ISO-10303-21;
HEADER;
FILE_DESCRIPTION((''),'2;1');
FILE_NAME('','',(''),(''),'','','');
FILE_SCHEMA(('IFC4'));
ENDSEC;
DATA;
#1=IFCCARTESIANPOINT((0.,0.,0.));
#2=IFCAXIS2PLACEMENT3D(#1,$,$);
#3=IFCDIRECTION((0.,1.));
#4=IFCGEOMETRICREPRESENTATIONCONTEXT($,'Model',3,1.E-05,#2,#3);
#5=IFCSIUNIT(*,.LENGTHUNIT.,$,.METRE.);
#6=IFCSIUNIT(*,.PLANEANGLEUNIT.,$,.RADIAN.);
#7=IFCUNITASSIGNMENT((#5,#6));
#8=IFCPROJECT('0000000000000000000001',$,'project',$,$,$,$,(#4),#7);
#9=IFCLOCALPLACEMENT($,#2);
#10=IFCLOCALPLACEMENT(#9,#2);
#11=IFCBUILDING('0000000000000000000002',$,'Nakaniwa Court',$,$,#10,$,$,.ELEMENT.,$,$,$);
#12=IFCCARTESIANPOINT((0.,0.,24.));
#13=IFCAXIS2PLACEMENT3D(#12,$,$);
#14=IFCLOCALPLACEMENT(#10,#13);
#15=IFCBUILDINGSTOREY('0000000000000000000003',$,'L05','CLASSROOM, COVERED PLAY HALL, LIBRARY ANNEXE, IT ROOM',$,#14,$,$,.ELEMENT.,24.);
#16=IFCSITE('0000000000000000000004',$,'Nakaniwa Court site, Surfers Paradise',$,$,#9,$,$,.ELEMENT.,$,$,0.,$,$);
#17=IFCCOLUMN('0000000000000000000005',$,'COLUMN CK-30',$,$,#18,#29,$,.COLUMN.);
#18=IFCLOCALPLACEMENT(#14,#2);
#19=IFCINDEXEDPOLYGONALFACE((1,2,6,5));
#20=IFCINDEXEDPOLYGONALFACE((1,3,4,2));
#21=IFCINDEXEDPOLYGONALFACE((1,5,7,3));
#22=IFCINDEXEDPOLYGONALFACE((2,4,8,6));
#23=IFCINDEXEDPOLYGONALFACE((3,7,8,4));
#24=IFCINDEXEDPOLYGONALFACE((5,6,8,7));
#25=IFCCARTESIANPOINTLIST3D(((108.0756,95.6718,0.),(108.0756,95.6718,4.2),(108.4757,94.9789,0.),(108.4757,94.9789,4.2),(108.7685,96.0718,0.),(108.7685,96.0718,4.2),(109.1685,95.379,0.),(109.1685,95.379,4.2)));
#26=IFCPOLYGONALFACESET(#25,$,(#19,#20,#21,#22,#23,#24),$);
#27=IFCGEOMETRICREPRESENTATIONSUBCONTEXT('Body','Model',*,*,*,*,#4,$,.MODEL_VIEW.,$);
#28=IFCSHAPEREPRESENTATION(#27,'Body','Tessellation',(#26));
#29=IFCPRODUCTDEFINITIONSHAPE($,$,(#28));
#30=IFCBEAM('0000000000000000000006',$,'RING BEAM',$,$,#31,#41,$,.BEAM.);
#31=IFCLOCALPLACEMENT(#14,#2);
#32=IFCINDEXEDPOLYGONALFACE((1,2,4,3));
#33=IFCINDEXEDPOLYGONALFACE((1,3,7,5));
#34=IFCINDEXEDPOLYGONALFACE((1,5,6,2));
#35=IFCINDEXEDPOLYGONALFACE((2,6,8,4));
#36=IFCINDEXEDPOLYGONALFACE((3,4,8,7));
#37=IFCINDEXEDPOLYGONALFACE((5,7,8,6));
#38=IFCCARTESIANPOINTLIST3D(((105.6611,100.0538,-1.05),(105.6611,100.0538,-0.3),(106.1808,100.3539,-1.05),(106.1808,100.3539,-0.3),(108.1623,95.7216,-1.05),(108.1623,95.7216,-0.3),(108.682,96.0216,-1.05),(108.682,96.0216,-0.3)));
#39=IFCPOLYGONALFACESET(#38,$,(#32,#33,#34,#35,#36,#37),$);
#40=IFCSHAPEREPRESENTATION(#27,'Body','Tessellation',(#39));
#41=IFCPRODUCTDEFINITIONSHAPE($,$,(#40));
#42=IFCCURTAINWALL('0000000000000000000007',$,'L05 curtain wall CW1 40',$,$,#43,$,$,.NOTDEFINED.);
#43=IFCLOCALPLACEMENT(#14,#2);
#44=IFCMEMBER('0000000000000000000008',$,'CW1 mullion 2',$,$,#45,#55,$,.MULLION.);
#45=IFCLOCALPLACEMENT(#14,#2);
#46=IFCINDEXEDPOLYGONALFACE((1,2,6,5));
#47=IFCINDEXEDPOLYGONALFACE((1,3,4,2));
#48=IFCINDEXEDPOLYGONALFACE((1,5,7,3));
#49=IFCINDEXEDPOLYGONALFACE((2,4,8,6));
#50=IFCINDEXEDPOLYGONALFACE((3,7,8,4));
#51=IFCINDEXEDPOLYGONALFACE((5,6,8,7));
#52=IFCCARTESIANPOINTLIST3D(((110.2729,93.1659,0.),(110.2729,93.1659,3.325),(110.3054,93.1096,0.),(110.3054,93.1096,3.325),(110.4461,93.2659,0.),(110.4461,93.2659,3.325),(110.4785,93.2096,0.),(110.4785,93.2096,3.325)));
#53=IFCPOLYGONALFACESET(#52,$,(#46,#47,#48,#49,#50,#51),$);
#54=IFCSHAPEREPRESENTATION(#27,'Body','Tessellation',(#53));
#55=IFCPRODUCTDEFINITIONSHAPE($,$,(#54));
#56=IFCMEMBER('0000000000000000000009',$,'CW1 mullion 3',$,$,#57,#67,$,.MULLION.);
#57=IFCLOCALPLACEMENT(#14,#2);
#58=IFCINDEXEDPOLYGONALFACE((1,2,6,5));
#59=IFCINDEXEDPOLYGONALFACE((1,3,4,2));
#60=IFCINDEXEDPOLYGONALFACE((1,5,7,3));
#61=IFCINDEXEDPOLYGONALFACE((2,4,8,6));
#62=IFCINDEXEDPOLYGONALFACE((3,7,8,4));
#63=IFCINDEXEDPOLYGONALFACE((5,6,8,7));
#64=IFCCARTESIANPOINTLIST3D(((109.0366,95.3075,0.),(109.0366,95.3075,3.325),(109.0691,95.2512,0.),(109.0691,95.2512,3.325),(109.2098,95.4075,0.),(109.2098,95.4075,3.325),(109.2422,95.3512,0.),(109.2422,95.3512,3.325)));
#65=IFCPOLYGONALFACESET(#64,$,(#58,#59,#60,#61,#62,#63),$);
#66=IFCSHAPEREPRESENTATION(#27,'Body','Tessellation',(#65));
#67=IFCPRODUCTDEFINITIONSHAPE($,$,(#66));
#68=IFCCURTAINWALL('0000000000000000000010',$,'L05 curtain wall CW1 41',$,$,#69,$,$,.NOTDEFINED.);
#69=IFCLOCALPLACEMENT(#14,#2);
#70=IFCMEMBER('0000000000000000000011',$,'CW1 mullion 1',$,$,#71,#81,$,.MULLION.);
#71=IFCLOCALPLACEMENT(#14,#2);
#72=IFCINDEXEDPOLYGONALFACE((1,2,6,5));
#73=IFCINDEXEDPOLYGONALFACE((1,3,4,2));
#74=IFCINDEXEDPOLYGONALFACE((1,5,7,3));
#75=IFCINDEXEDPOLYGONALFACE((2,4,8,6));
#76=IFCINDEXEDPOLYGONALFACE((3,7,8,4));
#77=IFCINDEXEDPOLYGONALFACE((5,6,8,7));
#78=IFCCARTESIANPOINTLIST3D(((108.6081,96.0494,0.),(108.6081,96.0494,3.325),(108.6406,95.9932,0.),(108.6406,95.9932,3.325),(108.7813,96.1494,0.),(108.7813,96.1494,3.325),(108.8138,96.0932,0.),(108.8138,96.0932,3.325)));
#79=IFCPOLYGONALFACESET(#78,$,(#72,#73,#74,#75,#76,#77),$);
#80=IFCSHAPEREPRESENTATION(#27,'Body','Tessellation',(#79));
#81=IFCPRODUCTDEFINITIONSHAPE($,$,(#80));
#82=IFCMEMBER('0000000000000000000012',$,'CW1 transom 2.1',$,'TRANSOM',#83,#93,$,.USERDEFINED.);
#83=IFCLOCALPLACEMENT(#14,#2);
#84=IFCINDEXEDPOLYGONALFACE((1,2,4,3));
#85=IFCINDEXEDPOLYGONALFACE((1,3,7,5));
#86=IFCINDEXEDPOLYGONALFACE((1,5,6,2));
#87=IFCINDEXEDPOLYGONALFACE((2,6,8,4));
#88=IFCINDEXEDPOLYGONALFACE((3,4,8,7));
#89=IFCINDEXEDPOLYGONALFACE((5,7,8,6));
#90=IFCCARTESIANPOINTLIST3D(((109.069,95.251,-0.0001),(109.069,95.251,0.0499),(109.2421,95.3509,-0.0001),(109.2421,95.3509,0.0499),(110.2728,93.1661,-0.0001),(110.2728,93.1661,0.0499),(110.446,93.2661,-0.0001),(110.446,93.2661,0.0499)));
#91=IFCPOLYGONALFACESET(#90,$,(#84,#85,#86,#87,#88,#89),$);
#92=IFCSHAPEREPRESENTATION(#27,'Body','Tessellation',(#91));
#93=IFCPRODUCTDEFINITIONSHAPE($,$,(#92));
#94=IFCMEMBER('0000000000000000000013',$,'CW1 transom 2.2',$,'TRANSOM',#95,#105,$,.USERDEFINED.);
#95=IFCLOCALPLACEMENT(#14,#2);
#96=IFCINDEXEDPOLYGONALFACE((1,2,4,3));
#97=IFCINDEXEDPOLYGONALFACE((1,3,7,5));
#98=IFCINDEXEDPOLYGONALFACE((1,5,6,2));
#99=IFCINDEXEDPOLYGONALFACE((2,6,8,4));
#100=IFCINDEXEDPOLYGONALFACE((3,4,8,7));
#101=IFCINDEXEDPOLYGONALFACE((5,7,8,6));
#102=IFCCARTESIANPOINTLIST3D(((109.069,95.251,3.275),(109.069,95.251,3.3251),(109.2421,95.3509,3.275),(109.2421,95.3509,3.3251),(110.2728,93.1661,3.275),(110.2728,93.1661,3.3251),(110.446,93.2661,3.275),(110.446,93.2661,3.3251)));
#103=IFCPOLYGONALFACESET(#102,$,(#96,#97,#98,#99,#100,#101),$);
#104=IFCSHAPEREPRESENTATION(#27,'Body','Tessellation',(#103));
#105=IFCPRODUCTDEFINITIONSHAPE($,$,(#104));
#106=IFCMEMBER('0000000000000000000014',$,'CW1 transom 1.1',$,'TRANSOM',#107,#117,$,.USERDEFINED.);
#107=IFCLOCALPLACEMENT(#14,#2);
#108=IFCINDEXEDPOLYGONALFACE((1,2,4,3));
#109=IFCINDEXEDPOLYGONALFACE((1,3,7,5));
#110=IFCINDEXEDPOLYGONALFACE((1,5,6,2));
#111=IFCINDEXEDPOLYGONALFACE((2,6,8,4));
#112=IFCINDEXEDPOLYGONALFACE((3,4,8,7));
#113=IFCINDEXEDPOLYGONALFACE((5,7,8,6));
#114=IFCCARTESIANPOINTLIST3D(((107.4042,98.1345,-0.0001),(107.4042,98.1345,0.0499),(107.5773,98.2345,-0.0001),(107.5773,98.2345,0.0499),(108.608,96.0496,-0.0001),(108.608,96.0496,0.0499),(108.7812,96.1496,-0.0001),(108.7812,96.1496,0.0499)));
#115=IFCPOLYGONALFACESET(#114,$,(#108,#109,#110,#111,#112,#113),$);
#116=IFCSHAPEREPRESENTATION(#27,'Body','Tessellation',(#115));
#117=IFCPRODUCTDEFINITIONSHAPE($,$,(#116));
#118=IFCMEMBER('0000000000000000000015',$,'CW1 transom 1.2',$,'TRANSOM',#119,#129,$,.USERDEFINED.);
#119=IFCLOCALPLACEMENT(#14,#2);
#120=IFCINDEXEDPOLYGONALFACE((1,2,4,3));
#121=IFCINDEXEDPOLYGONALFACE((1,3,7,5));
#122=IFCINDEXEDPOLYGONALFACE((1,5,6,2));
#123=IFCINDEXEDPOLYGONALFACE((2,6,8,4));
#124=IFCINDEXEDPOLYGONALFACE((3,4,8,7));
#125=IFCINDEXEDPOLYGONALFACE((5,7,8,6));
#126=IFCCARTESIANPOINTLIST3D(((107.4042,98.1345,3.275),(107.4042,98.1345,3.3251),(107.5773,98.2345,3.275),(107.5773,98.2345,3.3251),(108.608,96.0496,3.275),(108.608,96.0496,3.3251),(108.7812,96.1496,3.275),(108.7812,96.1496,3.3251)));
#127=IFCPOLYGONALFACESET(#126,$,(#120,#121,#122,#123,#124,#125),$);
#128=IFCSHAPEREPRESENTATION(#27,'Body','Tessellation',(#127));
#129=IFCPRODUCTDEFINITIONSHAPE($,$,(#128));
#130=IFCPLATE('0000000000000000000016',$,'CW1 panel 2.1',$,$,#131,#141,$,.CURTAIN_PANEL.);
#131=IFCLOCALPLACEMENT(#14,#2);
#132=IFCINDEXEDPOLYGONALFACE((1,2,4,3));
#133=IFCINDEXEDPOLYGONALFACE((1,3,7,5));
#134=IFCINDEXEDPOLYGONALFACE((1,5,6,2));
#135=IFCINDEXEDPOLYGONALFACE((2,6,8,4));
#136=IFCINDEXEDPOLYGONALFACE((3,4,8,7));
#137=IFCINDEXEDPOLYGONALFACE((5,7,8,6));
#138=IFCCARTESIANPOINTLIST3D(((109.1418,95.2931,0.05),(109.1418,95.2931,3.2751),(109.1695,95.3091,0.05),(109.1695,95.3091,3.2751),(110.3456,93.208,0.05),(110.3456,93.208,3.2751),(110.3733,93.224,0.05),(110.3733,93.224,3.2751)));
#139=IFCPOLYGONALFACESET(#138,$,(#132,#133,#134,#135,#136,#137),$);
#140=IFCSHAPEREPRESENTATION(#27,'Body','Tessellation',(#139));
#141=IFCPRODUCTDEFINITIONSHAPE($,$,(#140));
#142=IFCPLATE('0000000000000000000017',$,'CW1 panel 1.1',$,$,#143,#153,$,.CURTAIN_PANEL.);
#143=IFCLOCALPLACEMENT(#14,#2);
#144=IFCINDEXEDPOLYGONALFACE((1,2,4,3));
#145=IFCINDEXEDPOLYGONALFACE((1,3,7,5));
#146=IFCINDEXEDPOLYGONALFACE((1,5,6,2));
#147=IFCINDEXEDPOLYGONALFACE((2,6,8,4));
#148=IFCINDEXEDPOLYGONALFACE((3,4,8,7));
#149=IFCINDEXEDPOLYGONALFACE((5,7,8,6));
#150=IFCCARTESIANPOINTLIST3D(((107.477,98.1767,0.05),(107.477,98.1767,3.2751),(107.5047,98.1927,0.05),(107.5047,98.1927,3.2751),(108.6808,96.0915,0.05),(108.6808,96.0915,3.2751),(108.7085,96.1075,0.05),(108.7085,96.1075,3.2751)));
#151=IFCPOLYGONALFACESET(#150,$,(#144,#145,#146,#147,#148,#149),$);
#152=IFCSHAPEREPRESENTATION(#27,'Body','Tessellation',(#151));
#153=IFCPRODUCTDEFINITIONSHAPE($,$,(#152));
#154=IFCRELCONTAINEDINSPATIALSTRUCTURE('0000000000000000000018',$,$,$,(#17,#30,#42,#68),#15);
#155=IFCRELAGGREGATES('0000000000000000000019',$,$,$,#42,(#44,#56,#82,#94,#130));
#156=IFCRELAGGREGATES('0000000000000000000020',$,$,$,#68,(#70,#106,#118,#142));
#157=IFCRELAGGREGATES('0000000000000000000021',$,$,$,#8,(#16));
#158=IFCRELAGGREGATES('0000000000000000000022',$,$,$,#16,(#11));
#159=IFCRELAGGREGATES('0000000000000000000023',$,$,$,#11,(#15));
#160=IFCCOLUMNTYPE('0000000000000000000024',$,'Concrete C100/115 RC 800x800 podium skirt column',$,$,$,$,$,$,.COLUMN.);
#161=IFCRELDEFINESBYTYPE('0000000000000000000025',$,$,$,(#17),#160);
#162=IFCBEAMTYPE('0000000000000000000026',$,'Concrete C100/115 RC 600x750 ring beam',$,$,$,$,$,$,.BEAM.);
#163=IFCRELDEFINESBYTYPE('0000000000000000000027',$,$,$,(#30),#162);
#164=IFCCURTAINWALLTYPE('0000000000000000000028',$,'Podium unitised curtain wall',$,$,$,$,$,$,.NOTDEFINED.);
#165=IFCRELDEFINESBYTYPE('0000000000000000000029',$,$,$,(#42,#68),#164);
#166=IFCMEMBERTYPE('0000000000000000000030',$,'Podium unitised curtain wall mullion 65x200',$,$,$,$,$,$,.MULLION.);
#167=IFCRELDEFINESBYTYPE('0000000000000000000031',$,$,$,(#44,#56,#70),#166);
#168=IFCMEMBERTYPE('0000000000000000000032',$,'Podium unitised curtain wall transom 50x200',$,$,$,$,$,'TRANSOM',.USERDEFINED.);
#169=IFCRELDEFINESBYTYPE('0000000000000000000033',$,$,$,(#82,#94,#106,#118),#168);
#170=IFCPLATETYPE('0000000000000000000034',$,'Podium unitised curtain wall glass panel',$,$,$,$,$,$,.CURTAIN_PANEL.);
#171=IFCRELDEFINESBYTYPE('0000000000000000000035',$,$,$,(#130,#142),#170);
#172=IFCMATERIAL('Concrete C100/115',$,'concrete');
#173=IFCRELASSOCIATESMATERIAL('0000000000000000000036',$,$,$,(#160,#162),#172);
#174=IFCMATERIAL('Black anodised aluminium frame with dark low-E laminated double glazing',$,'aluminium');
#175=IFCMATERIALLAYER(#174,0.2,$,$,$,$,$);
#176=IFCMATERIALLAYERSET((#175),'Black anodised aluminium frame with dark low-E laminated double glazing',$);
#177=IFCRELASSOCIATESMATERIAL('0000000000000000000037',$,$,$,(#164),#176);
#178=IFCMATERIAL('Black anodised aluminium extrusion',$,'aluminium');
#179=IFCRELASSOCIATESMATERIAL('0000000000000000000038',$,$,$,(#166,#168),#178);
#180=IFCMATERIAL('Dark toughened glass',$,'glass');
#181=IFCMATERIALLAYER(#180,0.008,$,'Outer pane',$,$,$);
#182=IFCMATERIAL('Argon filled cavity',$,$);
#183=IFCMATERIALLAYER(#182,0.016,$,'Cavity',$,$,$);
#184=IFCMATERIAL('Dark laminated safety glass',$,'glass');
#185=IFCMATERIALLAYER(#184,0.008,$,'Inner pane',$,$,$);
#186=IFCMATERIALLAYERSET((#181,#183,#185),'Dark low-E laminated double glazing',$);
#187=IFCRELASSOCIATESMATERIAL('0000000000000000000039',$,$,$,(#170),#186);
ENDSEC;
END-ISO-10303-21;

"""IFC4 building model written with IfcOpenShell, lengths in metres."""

from ifc_helpers import new_model, si_unit, direction, frame, origin, origin_2d, place, context, subcontext, project, spatial, rectangle, extrude, material, layer, layer_set, material_profile, profile_set, type_object, element, aggregate, save


model = new_model("IFC4")

# Units and contexts
model_context = context("Model", 3, precision=1e-05, world=origin(), true_north=direction((0.0, 1.0)))
body_context = subcontext(model_context, "Body", "Model", "MODEL_VIEW")
ifc_project = project(units=[si_unit("LENGTHUNIT", "METRE"), si_unit("PLANEANGLEUNIT", "RADIAN")], contexts=[model_context])

# Site, building, storey
site_placement = place(None, origin())
site = spatial("IfcSite", under=ifc_project, at=site_placement, Name="Nakaniwa Court site, Surfers Paradise", CompositionType="ELEMENT", RefElevation=0.0)
building_placement = place(site_placement, origin())
building = spatial("IfcBuilding", under=site, at=building_placement, Name="Nakaniwa Court", CompositionType="ELEMENT")
storey_placement = place(building_placement, frame((0.0, 0.0, 24.0)))
storey = spatial("IfcBuildingStorey", under=building, at=storey_placement, Name="L05", Description="CLASSROOM, COVERED PLAY HALL, LIBRARY ANNEXE, IT ROOM", CompositionType="ELEMENT", Elevation=24.0)

# Column
ifc_material_1 = material(Name="Concrete C100/115", Category="concrete")
ifc_material_profile_1 = material_profile(ifc_material_1, rectangle(XDim=0.8, YDim=0.8, at=origin_2d()), Name="Concrete C100/115 RC 800x800 podium skirt column")
ifc_profile_set_1 = profile_set([ifc_material_profile_1], Name="Concrete C100/115")
column_type = type_object("IfcColumnType", Name="Concrete C100/115 RC 800x800 podium skirt column", PredefinedType="COLUMN", material=ifc_profile_set_1)
column_placement = place(storey_placement, frame((108.6221, 95.5254, 0.0), z_axis=(0.0, 0.0, 1.0), x_axis=(-0.5, 0.866025, 0.0)))
element("IfcColumn", 1, at=column_placement, inside=storey, type_object=column_type, Name="COLUMN CK-30", PredefinedType="COLUMN", context=body_context, shape_type="SweptSolid", body=[
    extrude(rectangle(XDim=0.8, YDim=0.8, at=origin_2d()), origin(), (0.0, 0.0, 1.0), 4.2),
])

# Beam
ifc_material_profile_2 = material_profile(ifc_material_1, rectangle(XDim=0.6001, YDim=0.75, at=origin_2d()), Name="Concrete C100/115 RC 600x750 ring beam")
ifc_profile_set_2 = profile_set([ifc_material_profile_2], Name="Concrete C100/115")
beam_type = type_object("IfcBeamType", Name="Concrete C100/115 RC 600x750 ring beam", PredefinedType="BEAM", material=ifc_profile_set_2)
beam_placement = place(storey_placement, frame((108.4221, 95.8716, -0.675), z_axis=(-0.499997, 0.866027, 0.0), x_axis=(-0.866027, -0.499997, 0.0)))
element("IfcBeam", 2, at=beam_placement, inside=storey, type_object=beam_type, Name="RING BEAM", PredefinedType="BEAM", context=body_context, shape_type="SweptSolid", body=[
    extrude(rectangle(XDim=0.6001, YDim=0.75, at=origin_2d()), origin(), (0.0, 0.0, 1.0), 5.0024),
])

# Curtain wall, members
ifc_material_2 = material(Name="Black anodised aluminium frame with dark low-E laminated double glazing", Category="aluminium")
ifc_layer_1 = layer(ifc_material_2, 0.2)
ifc_layer_set_1 = layer_set([ifc_layer_1], Name="Black anodised aluminium frame with dark low-E laminated double glazing")
curtain_wall_type = type_object("IfcCurtainWallType", Name="Podium unitised curtain wall", PredefinedType="NOTDEFINED", material=ifc_layer_set_1)
curtain_wall_1_placement = place(storey_placement, origin())
curtain_wall_1 = element("IfcCurtainWall", 3, at=curtain_wall_1_placement, inside=storey, type_object=curtain_wall_type, Name="L05 curtain wall CW1 40", PredefinedType="NOTDEFINED")
ifc_material_3 = material(Name="Black anodised aluminium extrusion", Category="aluminium")
ifc_material_profile_3 = material_profile(ifc_material_3, rectangle(XDim=0.2, YDim=0.0649, at=origin_2d()), Name="Podium unitised curtain wall mullion 65x200")
ifc_profile_set_3 = profile_set([ifc_material_profile_3], Name="Black anodised aluminium extrusion")
member_type_1 = type_object("IfcMemberType", Name="Podium unitised curtain wall mullion 65x200", PredefinedType="MULLION", material=ifc_profile_set_3)
member_1_placement = place(storey_placement, frame((110.3757, 93.1877, 0.0), z_axis=(0.0, 0.0, 1.0), x_axis=(-0.866032, -0.499988, 0.0)))
member_1 = element("IfcMember", 4, at=member_1_placement, type_object=member_type_1, Name="CW1 mullion 2", PredefinedType="MULLION", context=body_context, shape_type="SweptSolid", body=[
    extrude(rectangle(XDim=0.2, YDim=0.0649, at=origin_2d()), origin(), (0.0, 0.0, 1.0), 3.325),
])
member_2_placement = place(storey_placement, frame((109.1394, 95.3293, 0.0), z_axis=(0.0, 0.0, 1.0), x_axis=(-0.866032, -0.499988, 0.0)))
member_2 = element("IfcMember", 5, at=member_2_placement, type_object=member_type_1, Name="CW1 mullion 3", PredefinedType="MULLION", context=body_context, shape_type="SweptSolid", body=[
    extrude(rectangle(XDim=0.2, YDim=0.0649, at=origin_2d()), origin(), (0.0, 0.0, 1.0), 3.325),
])

# Curtain wall, member
curtain_wall_2_placement = place(storey_placement, origin())
curtain_wall_2 = element("IfcCurtainWall", 6, at=curtain_wall_2_placement, inside=storey, type_object=curtain_wall_type, Name="L05 curtain wall CW1 41", PredefinedType="NOTDEFINED")
member_3_placement = place(storey_placement, frame((108.7109, 96.0713, 0.0), z_axis=(0.0, 0.0, 1.0), x_axis=(-0.866029, -0.499994, 0.0)))
member_3 = element("IfcMember", 7, at=member_3_placement, type_object=member_type_1, Name="CW1 mullion 1", PredefinedType="MULLION", context=body_context, shape_type="SweptSolid", body=[
    extrude(rectangle(XDim=0.2, YDim=0.0649, at=origin_2d()), origin(), (0.0, 0.0, 1.0), 3.325),
])

# Members
ifc_material_profile_4 = material_profile(ifc_material_3, rectangle(XDim=0.2, YDim=0.05, at=origin_2d()), Name="Podium unitised curtain wall transom 50x200")
ifc_profile_set_4 = profile_set([ifc_material_profile_4], Name="Black anodised aluminium extrusion")
member_type_2 = type_object("IfcMemberType", Name="Podium unitised curtain wall transom 50x200", ElementType="TRANSOM", PredefinedType="USERDEFINED", material=ifc_profile_set_4)
member_4_placement = place(storey_placement, frame((110.3594, 93.2161, 0.0249), z_axis=(-0.500033, 0.866007, 0.0), x_axis=(-0.866007, -0.500033, 0.0)))
member_4 = element("IfcMember", 8, at=member_4_placement, type_object=member_type_2, Name="CW1 transom 2.1", ObjectType="TRANSOM", PredefinedType="USERDEFINED", context=body_context, shape_type="SweptSolid", body=[
    extrude(rectangle(XDim=0.2, YDim=0.05, at=origin_2d()), origin(), (0.0, 0.0, 1.0), 2.4075),
])
member_5_placement = place(storey_placement, frame((110.3594, 93.2161, 3.3), z_axis=(-0.500033, 0.866007, 0.0), x_axis=(-0.866007, -0.500033, 0.0)))
member_5 = element("IfcMember", 9, at=member_5_placement, type_object=member_type_2, Name="CW1 transom 2.2", ObjectType="TRANSOM", PredefinedType="USERDEFINED", context=body_context, shape_type="SweptSolid", body=[
    extrude(rectangle(XDim=0.2, YDim=0.05, at=origin_2d()), origin(), (0.0, 0.0, 1.0), 2.4075),
])
member_6_placement = place(storey_placement, frame((108.6946, 96.0996, 0.0249), z_axis=(-0.500033, 0.866007, 0.0), x_axis=(-0.866007, -0.500033, 0.0)))
member_6 = element("IfcMember", 10, at=member_6_placement, type_object=member_type_2, Name="CW1 transom 1.1", ObjectType="TRANSOM", PredefinedType="USERDEFINED", context=body_context, shape_type="SweptSolid", body=[
    extrude(rectangle(XDim=0.2, YDim=0.05, at=origin_2d()), origin(), (0.0, 0.0, 1.0), 2.4075),
])
member_7_placement = place(storey_placement, frame((108.6946, 96.0996, 3.3), z_axis=(-0.500033, 0.866007, 0.0), x_axis=(-0.866007, -0.500033, 0.0)))
member_7 = element("IfcMember", 11, at=member_7_placement, type_object=member_type_2, Name="CW1 transom 1.2", ObjectType="TRANSOM", PredefinedType="USERDEFINED", context=body_context, shape_type="SweptSolid", body=[
    extrude(rectangle(XDim=0.2, YDim=0.05, at=origin_2d()), origin(), (0.0, 0.0, 1.0), 2.4075),
])

# Plates
ifc_material_4 = material(Name="Dark toughened glass", Category="glass")
ifc_layer_2 = layer(ifc_material_4, 0.008, Name="Outer pane")
ifc_material_5 = material(Name="Argon filled cavity")
ifc_layer_3 = layer(ifc_material_5, 0.016, Name="Cavity")
ifc_material_6 = material(Name="Dark laminated safety glass", Category="glass")
ifc_layer_4 = layer(ifc_material_6, 0.008, Name="Inner pane")
ifc_layer_set_2 = layer_set([ifc_layer_2, ifc_layer_3, ifc_layer_4], Name="Dark low-E laminated double glazing")
plate_type = type_object("IfcPlateType", Name="Podium unitised curtain wall glass panel", PredefinedType="CURTAIN_PANEL", material=ifc_layer_set_2)
plate_1_placement = place(storey_placement, frame((109.7576, 94.2585, 0.05), z_axis=(0.0, 0.0, 1.0), x_axis=(-0.499988, 0.866032, 0.0)))
plate_1 = element("IfcPlate", 12, at=plate_1_placement, type_object=plate_type, Name="CW1 panel 2.1", PredefinedType="CURTAIN_PANEL", context=body_context, shape_type="SweptSolid", body=[
    extrude(rectangle(XDim=2.4077, YDim=0.032, at=origin_2d()), origin(), (0.0, 0.0, 1.0), 3.2251),
])
aggregate(curtain_wall_1, [member_1, member_2, member_4, member_5, plate_1])
plate_2_placement = place(storey_placement, frame((108.0928, 97.1421, 0.05), z_axis=(0.0, 0.0, 1.0), x_axis=(-0.499994, 0.866029, 0.0)))
plate_2 = element("IfcPlate", 13, at=plate_2_placement, type_object=plate_type, Name="CW1 panel 1.1", PredefinedType="CURTAIN_PANEL", context=body_context, shape_type="SweptSolid", body=[
    extrude(rectangle(XDim=2.4077, YDim=0.032, at=origin_2d()), origin(), (0.0, 0.0, 1.0), 3.2251),
])
aggregate(curtain_wall_2, [member_3, member_6, member_7, plate_2])

save(model, "model.ifc")
